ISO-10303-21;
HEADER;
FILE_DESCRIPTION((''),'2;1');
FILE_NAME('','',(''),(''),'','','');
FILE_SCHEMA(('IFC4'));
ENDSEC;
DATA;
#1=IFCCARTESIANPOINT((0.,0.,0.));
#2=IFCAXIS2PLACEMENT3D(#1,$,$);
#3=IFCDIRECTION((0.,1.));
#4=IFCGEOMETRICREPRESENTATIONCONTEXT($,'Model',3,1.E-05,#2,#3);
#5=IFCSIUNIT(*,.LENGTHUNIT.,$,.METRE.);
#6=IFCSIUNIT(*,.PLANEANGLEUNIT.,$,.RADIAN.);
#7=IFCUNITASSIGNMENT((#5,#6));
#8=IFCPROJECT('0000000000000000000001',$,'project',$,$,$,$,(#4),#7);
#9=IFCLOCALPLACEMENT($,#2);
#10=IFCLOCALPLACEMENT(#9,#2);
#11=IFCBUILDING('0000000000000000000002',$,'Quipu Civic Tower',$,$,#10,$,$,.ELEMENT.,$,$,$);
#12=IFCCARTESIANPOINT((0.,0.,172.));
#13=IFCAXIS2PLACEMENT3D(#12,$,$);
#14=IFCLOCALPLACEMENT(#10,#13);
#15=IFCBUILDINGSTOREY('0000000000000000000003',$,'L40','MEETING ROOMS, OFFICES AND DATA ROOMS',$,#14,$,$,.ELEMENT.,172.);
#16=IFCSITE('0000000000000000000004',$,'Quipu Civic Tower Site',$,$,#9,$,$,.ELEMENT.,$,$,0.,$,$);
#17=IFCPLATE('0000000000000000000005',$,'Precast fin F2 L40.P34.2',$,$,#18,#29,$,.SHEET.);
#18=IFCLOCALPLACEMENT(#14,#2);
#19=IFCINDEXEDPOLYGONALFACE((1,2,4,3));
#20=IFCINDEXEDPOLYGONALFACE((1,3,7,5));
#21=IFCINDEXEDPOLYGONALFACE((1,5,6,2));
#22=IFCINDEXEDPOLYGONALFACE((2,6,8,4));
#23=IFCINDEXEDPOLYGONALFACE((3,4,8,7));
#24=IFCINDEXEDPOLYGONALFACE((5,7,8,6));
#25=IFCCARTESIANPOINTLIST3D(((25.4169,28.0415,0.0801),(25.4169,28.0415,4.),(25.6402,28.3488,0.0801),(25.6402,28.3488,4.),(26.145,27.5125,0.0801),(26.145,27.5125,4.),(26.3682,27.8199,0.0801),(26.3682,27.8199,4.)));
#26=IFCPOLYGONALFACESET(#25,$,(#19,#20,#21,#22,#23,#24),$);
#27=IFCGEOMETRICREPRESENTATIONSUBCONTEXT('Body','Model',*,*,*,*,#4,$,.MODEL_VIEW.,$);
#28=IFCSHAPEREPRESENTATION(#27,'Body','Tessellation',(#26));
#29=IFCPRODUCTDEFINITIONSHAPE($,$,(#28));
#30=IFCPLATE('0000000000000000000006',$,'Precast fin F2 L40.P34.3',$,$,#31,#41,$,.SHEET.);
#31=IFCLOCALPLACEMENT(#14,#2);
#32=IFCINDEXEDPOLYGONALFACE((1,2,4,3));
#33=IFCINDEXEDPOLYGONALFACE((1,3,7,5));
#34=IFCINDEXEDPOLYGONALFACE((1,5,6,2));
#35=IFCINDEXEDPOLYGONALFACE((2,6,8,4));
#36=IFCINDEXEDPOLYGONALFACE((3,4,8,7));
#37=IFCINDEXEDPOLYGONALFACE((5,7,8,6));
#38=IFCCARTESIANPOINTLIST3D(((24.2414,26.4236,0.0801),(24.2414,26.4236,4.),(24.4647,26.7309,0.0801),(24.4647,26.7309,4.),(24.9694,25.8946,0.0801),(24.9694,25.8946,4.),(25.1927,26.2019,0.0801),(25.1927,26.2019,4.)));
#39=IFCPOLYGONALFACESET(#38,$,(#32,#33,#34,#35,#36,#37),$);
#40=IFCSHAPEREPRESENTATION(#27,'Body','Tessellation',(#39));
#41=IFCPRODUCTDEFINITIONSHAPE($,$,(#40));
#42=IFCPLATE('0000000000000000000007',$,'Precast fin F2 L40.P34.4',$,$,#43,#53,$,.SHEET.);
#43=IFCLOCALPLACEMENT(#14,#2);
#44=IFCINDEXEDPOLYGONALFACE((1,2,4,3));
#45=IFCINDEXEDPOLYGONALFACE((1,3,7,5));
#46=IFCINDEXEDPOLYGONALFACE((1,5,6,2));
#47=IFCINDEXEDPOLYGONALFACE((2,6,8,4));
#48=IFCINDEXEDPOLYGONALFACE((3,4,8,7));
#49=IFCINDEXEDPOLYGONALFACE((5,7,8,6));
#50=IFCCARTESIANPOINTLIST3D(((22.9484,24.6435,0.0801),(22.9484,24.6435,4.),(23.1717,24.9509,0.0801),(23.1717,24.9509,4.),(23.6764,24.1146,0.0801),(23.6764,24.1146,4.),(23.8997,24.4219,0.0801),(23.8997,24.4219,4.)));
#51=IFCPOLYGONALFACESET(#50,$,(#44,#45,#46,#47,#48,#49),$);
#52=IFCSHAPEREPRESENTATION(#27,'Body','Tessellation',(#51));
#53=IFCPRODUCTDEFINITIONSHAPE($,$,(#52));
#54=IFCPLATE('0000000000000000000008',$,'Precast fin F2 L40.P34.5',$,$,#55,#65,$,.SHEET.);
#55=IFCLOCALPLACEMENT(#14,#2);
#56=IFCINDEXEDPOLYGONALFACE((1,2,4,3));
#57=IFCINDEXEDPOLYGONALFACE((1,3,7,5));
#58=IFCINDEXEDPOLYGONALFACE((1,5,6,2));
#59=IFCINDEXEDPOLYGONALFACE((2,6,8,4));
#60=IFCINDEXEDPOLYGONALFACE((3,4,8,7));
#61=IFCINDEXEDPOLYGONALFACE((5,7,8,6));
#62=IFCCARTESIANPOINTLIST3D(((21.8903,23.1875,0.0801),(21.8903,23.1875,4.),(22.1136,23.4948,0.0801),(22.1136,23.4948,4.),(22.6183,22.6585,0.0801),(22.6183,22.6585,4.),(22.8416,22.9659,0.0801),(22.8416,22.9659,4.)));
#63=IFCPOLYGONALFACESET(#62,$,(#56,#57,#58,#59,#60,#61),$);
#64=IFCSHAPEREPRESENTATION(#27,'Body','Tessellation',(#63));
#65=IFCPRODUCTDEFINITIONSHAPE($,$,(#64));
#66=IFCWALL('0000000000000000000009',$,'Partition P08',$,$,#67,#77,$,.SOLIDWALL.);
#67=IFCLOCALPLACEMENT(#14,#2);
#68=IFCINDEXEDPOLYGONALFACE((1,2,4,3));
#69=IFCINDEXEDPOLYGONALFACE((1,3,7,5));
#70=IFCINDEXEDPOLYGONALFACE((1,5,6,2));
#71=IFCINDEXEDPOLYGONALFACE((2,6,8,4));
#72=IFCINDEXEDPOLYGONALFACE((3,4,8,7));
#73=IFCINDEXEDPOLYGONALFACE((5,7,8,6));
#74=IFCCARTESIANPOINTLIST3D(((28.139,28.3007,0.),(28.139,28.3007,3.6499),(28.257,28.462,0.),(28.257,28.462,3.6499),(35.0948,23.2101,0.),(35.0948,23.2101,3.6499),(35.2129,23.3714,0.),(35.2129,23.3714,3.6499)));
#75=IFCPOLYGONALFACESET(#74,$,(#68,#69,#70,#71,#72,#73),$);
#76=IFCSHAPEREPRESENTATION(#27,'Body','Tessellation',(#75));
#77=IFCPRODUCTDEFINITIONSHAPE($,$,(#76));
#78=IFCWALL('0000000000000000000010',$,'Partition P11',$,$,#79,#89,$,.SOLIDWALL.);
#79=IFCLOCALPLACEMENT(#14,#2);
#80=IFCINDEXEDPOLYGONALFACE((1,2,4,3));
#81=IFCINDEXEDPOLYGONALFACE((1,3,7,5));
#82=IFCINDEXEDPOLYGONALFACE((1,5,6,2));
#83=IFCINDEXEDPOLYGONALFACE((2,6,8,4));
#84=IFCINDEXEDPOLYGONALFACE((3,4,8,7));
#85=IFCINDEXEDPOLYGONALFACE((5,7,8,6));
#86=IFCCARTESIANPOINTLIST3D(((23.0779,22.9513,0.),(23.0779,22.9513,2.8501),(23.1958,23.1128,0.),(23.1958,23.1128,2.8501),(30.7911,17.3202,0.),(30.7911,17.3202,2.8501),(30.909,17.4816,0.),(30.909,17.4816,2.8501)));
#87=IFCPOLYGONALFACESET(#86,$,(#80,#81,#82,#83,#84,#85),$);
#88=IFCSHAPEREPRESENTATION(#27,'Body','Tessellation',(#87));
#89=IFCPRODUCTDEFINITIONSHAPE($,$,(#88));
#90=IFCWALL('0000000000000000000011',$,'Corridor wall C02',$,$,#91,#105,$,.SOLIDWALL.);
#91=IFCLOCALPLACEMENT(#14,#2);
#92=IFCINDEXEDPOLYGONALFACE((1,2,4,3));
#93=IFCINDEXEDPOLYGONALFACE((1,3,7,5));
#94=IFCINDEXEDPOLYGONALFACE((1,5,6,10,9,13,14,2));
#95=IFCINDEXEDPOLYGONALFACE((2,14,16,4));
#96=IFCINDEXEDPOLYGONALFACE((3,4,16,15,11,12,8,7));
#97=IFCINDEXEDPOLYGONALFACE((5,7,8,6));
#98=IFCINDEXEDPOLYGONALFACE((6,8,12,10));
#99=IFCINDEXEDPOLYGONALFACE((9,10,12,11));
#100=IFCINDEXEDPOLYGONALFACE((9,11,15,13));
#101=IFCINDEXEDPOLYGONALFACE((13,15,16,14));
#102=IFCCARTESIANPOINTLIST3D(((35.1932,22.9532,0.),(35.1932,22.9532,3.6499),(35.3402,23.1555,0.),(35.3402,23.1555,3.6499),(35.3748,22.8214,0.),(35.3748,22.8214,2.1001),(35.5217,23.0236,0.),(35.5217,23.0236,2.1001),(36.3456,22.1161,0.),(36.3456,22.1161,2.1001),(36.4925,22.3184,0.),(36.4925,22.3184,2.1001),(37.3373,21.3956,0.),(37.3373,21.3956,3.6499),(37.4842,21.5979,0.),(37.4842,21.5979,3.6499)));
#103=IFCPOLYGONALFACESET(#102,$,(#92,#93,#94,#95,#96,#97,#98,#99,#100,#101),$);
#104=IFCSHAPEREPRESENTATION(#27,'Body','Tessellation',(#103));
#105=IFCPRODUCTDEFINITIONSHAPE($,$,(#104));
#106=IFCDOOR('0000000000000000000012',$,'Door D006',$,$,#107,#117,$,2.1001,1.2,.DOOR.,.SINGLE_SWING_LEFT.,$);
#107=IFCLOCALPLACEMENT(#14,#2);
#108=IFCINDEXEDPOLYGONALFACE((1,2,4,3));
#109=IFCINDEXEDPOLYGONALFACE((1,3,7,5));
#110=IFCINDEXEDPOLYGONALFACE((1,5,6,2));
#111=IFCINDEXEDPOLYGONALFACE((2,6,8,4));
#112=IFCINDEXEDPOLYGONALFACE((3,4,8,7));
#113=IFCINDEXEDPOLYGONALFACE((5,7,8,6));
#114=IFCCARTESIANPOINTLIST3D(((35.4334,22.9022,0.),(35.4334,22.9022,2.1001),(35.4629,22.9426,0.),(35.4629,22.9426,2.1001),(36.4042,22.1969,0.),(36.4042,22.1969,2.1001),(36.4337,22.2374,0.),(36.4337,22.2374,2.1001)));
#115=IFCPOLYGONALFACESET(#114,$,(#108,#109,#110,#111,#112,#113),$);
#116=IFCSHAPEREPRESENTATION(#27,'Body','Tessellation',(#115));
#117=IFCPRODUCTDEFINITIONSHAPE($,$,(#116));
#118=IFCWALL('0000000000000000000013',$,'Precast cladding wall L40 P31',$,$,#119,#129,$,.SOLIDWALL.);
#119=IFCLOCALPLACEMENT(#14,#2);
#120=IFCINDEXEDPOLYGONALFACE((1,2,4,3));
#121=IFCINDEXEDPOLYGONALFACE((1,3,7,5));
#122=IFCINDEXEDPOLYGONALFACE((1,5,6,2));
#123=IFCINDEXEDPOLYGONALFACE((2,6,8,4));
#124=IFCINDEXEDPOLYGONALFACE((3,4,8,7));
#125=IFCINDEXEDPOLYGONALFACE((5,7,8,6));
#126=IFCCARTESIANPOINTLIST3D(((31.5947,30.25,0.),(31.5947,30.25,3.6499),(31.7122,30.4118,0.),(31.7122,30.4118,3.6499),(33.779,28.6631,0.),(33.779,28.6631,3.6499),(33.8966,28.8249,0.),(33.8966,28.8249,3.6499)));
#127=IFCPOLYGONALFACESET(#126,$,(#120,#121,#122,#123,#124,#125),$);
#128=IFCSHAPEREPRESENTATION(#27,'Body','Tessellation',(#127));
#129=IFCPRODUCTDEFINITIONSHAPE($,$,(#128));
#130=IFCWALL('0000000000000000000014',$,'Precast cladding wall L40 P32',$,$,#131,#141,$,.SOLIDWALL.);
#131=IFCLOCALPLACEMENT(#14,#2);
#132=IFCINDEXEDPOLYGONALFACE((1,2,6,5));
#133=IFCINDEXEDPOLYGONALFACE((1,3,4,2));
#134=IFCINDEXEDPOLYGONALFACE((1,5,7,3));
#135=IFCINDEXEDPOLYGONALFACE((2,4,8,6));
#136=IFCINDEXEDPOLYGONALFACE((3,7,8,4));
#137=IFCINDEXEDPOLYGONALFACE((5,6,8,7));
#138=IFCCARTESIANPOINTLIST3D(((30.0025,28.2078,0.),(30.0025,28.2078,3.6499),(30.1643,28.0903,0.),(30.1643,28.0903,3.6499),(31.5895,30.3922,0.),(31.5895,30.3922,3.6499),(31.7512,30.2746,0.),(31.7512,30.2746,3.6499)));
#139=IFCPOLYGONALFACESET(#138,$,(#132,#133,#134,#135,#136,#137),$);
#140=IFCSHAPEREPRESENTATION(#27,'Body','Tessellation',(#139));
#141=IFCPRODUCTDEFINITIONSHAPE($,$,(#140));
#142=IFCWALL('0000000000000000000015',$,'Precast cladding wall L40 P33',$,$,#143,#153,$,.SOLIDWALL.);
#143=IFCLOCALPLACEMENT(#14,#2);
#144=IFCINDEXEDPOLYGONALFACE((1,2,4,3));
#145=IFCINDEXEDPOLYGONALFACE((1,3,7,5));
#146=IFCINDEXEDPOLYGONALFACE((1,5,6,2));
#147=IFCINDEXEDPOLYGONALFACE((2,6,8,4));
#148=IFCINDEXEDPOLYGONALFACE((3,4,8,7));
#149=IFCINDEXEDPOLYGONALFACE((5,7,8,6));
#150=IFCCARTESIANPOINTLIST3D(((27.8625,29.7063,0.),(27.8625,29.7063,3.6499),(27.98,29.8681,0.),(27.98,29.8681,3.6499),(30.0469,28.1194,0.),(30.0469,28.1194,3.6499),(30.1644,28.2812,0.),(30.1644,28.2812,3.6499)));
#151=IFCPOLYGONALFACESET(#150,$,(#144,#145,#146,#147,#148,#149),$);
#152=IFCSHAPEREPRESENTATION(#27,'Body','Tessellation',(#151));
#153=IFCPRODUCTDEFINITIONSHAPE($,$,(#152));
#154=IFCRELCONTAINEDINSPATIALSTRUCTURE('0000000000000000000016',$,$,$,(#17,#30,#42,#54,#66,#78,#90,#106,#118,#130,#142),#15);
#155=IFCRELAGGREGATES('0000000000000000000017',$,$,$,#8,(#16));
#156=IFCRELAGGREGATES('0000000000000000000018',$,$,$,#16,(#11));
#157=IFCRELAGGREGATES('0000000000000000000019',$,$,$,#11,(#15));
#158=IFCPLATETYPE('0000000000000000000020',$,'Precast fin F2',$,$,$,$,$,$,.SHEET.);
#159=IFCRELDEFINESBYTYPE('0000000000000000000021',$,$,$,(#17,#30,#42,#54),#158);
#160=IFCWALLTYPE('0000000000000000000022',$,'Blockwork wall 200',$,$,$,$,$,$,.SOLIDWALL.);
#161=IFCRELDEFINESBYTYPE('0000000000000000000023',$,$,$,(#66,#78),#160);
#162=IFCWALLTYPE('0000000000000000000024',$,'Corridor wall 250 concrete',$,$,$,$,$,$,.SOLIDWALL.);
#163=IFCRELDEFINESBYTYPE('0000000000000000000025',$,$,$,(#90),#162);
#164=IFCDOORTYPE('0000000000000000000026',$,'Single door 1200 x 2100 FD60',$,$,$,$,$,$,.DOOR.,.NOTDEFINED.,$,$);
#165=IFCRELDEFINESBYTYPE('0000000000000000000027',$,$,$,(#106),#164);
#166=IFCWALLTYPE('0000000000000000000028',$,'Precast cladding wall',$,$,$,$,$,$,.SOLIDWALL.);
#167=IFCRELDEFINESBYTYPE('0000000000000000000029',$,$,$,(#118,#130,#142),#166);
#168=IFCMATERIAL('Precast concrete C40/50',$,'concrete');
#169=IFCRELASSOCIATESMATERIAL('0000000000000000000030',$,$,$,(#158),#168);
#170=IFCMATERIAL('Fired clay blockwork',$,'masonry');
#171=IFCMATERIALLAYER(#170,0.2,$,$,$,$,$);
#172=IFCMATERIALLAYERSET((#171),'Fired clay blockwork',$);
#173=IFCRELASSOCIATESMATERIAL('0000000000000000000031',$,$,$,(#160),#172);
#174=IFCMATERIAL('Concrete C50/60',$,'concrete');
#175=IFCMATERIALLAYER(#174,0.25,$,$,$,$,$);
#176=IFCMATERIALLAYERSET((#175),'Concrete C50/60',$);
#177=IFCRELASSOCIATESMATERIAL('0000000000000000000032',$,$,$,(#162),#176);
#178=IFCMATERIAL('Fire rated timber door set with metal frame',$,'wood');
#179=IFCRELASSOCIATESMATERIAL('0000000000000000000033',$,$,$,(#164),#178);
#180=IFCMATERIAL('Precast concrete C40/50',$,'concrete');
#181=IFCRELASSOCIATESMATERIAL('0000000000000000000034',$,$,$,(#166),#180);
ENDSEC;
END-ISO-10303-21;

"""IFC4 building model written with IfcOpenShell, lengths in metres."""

from ifc_helpers import new_model, si_unit, direction, frame, frame_2d, origin, origin_2d, place, context, subcontext, project, spatial, rectangle, extrude, material, layer, layer_set, type_object, element, fill, save


model = new_model("IFC4")

# Units and contexts
model_context = context("Model", 3, precision=1e-05, world=origin(), true_north=direction((0.0, 1.0)))
body_context = subcontext(model_context, "Body", "Model", "MODEL_VIEW")
ifc_project = project(units=[si_unit("LENGTHUNIT", "METRE"), si_unit("PLANEANGLEUNIT", "RADIAN")], contexts=[model_context])

# Site, building, storey
site_placement = place(None, origin())
site = spatial("IfcSite", under=ifc_project, at=site_placement, Name="Quipu Civic Tower Site", CompositionType="ELEMENT", RefElevation=0.0)
building_placement = place(site_placement, origin())
building = spatial("IfcBuilding", under=site, at=building_placement, Name="Quipu Civic Tower", CompositionType="ELEMENT")
storey_placement = place(building_placement, frame((0.0, 0.0, 172.0)))
storey = spatial("IfcBuildingStorey", under=building, at=storey_placement, Name="L40", Description="MEETING ROOMS, OFFICES AND DATA ROOMS", CompositionType="ELEMENT", Elevation=172.0)

# Plates
ifc_material_1 = material(Name="Precast concrete C40/50", Category="concrete")
plate_type_1 = type_object("IfcPlateType", Name="Precast fin F2", PredefinedType="SHEET", material=ifc_material_1)
for number, where, z_axis, x_axis, name in (
    (1, (25.8926, 27.9307, 0.0801), (0.0, 0.0, 1.0), (-0.587787, -0.809016, 0.0), "Precast fin F2 L40.P34.2"),
    (2, (24.717, 26.3127, 0.0801), (0.0, 0.0, 1.0), (-0.587787, -0.809016, 0.0), "Precast fin F2 L40.P34.3"),
    (3, (23.4241, 24.5327, 0.0801), (0.0, 0.0, 1.0), (-0.587787, -0.809016, 0.0), "Precast fin F2 L40.P34.4"),
    (4, (22.366, 23.0767, 0.0801), (0.0, 0.0, 1.0), (-0.587787, -0.809016, 0.0), "Precast fin F2 L40.P34.5"),
):
    element("IfcPlate", number, at=place(storey_placement, frame(where, z_axis=z_axis, x_axis=x_axis)), inside=storey, type_object=plate_type_1, Name=name, PredefinedType="SHEET", context=body_context, shape_type="SweptSolid", body=[
        extrude(rectangle(XDim=0.3799, YDim=0.8999, at=origin_2d()), origin(), (0.0, 0.0, 1.0), 3.9199),
    ])

# Walls
ifc_material_2 = material(Name="Fired clay blockwork", Category="masonry")
ifc_layer_1 = layer(ifc_material_2, 0.2)
ifc_layer_set_1 = layer_set([ifc_layer_1], Name="Fired clay blockwork")
wall_type_1 = type_object("IfcWallType", Name="Blockwork wall 200", PredefinedType="SOLIDWALL", material=ifc_layer_set_1)
wall_1_placement = place(storey_placement, frame((28.198, 28.3813, 0.0), z_axis=(0.0, 0.0, 1.0), x_axis=(0.806977, -0.590582, 0.0)))
element("IfcWall", 5, at=wall_1_placement, inside=storey, type_object=wall_type_1, Name="Partition P08", PredefinedType="SOLIDWALL", context=body_context, shape_type="SweptSolid", body=[
    extrude(rectangle(XDim=8.6196, YDim=0.2, at=frame_2d((4.3098, 0.0))), origin(), (0.0, 0.0, 1.0), 3.6499),
])
wall_2_placement = place(storey_placement, frame((23.137, 23.032, 0.0), z_axis=(0.0, 0.0, 1.0), x_axis=(0.807661, -0.589647, 0.0)))
element("IfcWall", 6, at=wall_2_placement, inside=storey, type_object=wall_type_1, Name="Partition P11", PredefinedType="SOLIDWALL", context=body_context, shape_type="SweptSolid", body=[
    extrude(rectangle(XDim=9.55, YDim=0.2, at=frame_2d((4.7749, 0.0))), origin(), (0.0, 0.0, 1.0), 2.8501),
])

# Wall, opening, door
ifc_material_3 = material(Name="Concrete C50/60", Category="concrete")
ifc_layer_2 = layer(ifc_material_3, 0.25)
ifc_layer_set_2 = layer_set([ifc_layer_2], Name="Concrete C50/60")
wall_type_2 = type_object("IfcWallType", Name="Corridor wall 250 concrete", PredefinedType="SOLIDWALL", material=ifc_layer_set_2)
wall_3_placement = place(storey_placement, frame((35.2666, 23.0544, 0.0), z_axis=(0.0, 0.0, 1.0), x_axis=(0.809039, -0.587755, 0.0)))
wall_3 = element("IfcWall", 7, at=wall_3_placement, inside=storey, type_object=wall_type_2, Name="Corridor wall C02", PredefinedType="SOLIDWALL", context=body_context, shape_type="SweptSolid", body=[
    extrude(rectangle(XDim=2.6501, YDim=0.25, at=frame_2d((1.3252, 0.0))), origin(), (0.0, 0.0, 1.0), 3.6499),
])
opening_placement = place(wall_3_placement, frame((0.2244, 0.0, 0.0)))
opening = element("IfcOpeningElement", 8, at=opening_placement, cuts=wall_3, PredefinedType="OPENING", context=body_context, shape_type="SweptSolid", body=[
    extrude(rectangle(XDim=1.2, YDim=2.1001, at=frame_2d((0.6001, 1.05))), frame((0.0, 0.135, 0.0), z_axis=(0.0, -1.0, 0.0), x_axis=(1.0, 0.0, 0.0)), (0.0, 0.0, 1.0), 0.27),
])
ifc_material_4 = material(Name="Fire rated timber door set with metal frame", Category="wood")
door_type = type_object("IfcDoorType", Name="Single door 1200 x 2100 FD60", OperationType="NOTDEFINED", PredefinedType="DOOR", material=ifc_material_4)
door_placement = place(opening_placement, origin())
door = element("IfcDoor", 9, at=door_placement, inside=storey, type_object=door_type, Name="Door D006", OperationType="SINGLE_SWING_LEFT", OverallHeight=2.1001, OverallWidth=1.2, PredefinedType="DOOR", context=body_context, shape_type="SweptSolid", body=[
    extrude(rectangle(XDim=1.2, YDim=2.1001, at=frame_2d((0.6001, 1.05))), frame((0.0, 0.0249, 0.0), z_axis=(0.0, -1.0, 0.0), x_axis=(1.0, 0.0, 0.0)), (0.0, 0.0, 1.0), 0.05),
])
fill(opening, door)

# Walls
ifc_material_5 = material(Name="Precast concrete C40/50", Category="concrete")
wall_type_3 = type_object("IfcWallType", Name="Precast cladding wall", PredefinedType="SOLIDWALL", material=ifc_material_5)
for number, where, z_axis, x_axis, name in (
    (10, (33.8379, 28.7439, 0.0), (0.0, 0.0, 1.0), (-0.809033, 0.587763, 0.0), "Precast cladding wall L40 P31"),
    (11, (31.6704, 30.3335, 0.0), (0.0, 0.0, 1.0), (-0.587763, -0.809033, 0.0), "Precast cladding wall L40 P32"),
    (12, (30.1057, 28.2002, 0.0), (0.0, 0.0, 1.0), (-0.809033, 0.587763, 0.0), "Precast cladding wall L40 P33"),
):
    element("IfcWall", number, at=place(storey_placement, frame(where, z_axis=z_axis, x_axis=x_axis)), inside=storey, type_object=wall_type_3, Name=name, PredefinedType="SOLIDWALL", context=body_context, shape_type="SweptSolid", body=[
        extrude(rectangle(XDim=2.7, YDim=0.2, at=frame_2d((1.3501, 0.0))), origin(), (0.0, 0.0, 1.0), 3.6499),
    ])

save(model, "model.ifc")
